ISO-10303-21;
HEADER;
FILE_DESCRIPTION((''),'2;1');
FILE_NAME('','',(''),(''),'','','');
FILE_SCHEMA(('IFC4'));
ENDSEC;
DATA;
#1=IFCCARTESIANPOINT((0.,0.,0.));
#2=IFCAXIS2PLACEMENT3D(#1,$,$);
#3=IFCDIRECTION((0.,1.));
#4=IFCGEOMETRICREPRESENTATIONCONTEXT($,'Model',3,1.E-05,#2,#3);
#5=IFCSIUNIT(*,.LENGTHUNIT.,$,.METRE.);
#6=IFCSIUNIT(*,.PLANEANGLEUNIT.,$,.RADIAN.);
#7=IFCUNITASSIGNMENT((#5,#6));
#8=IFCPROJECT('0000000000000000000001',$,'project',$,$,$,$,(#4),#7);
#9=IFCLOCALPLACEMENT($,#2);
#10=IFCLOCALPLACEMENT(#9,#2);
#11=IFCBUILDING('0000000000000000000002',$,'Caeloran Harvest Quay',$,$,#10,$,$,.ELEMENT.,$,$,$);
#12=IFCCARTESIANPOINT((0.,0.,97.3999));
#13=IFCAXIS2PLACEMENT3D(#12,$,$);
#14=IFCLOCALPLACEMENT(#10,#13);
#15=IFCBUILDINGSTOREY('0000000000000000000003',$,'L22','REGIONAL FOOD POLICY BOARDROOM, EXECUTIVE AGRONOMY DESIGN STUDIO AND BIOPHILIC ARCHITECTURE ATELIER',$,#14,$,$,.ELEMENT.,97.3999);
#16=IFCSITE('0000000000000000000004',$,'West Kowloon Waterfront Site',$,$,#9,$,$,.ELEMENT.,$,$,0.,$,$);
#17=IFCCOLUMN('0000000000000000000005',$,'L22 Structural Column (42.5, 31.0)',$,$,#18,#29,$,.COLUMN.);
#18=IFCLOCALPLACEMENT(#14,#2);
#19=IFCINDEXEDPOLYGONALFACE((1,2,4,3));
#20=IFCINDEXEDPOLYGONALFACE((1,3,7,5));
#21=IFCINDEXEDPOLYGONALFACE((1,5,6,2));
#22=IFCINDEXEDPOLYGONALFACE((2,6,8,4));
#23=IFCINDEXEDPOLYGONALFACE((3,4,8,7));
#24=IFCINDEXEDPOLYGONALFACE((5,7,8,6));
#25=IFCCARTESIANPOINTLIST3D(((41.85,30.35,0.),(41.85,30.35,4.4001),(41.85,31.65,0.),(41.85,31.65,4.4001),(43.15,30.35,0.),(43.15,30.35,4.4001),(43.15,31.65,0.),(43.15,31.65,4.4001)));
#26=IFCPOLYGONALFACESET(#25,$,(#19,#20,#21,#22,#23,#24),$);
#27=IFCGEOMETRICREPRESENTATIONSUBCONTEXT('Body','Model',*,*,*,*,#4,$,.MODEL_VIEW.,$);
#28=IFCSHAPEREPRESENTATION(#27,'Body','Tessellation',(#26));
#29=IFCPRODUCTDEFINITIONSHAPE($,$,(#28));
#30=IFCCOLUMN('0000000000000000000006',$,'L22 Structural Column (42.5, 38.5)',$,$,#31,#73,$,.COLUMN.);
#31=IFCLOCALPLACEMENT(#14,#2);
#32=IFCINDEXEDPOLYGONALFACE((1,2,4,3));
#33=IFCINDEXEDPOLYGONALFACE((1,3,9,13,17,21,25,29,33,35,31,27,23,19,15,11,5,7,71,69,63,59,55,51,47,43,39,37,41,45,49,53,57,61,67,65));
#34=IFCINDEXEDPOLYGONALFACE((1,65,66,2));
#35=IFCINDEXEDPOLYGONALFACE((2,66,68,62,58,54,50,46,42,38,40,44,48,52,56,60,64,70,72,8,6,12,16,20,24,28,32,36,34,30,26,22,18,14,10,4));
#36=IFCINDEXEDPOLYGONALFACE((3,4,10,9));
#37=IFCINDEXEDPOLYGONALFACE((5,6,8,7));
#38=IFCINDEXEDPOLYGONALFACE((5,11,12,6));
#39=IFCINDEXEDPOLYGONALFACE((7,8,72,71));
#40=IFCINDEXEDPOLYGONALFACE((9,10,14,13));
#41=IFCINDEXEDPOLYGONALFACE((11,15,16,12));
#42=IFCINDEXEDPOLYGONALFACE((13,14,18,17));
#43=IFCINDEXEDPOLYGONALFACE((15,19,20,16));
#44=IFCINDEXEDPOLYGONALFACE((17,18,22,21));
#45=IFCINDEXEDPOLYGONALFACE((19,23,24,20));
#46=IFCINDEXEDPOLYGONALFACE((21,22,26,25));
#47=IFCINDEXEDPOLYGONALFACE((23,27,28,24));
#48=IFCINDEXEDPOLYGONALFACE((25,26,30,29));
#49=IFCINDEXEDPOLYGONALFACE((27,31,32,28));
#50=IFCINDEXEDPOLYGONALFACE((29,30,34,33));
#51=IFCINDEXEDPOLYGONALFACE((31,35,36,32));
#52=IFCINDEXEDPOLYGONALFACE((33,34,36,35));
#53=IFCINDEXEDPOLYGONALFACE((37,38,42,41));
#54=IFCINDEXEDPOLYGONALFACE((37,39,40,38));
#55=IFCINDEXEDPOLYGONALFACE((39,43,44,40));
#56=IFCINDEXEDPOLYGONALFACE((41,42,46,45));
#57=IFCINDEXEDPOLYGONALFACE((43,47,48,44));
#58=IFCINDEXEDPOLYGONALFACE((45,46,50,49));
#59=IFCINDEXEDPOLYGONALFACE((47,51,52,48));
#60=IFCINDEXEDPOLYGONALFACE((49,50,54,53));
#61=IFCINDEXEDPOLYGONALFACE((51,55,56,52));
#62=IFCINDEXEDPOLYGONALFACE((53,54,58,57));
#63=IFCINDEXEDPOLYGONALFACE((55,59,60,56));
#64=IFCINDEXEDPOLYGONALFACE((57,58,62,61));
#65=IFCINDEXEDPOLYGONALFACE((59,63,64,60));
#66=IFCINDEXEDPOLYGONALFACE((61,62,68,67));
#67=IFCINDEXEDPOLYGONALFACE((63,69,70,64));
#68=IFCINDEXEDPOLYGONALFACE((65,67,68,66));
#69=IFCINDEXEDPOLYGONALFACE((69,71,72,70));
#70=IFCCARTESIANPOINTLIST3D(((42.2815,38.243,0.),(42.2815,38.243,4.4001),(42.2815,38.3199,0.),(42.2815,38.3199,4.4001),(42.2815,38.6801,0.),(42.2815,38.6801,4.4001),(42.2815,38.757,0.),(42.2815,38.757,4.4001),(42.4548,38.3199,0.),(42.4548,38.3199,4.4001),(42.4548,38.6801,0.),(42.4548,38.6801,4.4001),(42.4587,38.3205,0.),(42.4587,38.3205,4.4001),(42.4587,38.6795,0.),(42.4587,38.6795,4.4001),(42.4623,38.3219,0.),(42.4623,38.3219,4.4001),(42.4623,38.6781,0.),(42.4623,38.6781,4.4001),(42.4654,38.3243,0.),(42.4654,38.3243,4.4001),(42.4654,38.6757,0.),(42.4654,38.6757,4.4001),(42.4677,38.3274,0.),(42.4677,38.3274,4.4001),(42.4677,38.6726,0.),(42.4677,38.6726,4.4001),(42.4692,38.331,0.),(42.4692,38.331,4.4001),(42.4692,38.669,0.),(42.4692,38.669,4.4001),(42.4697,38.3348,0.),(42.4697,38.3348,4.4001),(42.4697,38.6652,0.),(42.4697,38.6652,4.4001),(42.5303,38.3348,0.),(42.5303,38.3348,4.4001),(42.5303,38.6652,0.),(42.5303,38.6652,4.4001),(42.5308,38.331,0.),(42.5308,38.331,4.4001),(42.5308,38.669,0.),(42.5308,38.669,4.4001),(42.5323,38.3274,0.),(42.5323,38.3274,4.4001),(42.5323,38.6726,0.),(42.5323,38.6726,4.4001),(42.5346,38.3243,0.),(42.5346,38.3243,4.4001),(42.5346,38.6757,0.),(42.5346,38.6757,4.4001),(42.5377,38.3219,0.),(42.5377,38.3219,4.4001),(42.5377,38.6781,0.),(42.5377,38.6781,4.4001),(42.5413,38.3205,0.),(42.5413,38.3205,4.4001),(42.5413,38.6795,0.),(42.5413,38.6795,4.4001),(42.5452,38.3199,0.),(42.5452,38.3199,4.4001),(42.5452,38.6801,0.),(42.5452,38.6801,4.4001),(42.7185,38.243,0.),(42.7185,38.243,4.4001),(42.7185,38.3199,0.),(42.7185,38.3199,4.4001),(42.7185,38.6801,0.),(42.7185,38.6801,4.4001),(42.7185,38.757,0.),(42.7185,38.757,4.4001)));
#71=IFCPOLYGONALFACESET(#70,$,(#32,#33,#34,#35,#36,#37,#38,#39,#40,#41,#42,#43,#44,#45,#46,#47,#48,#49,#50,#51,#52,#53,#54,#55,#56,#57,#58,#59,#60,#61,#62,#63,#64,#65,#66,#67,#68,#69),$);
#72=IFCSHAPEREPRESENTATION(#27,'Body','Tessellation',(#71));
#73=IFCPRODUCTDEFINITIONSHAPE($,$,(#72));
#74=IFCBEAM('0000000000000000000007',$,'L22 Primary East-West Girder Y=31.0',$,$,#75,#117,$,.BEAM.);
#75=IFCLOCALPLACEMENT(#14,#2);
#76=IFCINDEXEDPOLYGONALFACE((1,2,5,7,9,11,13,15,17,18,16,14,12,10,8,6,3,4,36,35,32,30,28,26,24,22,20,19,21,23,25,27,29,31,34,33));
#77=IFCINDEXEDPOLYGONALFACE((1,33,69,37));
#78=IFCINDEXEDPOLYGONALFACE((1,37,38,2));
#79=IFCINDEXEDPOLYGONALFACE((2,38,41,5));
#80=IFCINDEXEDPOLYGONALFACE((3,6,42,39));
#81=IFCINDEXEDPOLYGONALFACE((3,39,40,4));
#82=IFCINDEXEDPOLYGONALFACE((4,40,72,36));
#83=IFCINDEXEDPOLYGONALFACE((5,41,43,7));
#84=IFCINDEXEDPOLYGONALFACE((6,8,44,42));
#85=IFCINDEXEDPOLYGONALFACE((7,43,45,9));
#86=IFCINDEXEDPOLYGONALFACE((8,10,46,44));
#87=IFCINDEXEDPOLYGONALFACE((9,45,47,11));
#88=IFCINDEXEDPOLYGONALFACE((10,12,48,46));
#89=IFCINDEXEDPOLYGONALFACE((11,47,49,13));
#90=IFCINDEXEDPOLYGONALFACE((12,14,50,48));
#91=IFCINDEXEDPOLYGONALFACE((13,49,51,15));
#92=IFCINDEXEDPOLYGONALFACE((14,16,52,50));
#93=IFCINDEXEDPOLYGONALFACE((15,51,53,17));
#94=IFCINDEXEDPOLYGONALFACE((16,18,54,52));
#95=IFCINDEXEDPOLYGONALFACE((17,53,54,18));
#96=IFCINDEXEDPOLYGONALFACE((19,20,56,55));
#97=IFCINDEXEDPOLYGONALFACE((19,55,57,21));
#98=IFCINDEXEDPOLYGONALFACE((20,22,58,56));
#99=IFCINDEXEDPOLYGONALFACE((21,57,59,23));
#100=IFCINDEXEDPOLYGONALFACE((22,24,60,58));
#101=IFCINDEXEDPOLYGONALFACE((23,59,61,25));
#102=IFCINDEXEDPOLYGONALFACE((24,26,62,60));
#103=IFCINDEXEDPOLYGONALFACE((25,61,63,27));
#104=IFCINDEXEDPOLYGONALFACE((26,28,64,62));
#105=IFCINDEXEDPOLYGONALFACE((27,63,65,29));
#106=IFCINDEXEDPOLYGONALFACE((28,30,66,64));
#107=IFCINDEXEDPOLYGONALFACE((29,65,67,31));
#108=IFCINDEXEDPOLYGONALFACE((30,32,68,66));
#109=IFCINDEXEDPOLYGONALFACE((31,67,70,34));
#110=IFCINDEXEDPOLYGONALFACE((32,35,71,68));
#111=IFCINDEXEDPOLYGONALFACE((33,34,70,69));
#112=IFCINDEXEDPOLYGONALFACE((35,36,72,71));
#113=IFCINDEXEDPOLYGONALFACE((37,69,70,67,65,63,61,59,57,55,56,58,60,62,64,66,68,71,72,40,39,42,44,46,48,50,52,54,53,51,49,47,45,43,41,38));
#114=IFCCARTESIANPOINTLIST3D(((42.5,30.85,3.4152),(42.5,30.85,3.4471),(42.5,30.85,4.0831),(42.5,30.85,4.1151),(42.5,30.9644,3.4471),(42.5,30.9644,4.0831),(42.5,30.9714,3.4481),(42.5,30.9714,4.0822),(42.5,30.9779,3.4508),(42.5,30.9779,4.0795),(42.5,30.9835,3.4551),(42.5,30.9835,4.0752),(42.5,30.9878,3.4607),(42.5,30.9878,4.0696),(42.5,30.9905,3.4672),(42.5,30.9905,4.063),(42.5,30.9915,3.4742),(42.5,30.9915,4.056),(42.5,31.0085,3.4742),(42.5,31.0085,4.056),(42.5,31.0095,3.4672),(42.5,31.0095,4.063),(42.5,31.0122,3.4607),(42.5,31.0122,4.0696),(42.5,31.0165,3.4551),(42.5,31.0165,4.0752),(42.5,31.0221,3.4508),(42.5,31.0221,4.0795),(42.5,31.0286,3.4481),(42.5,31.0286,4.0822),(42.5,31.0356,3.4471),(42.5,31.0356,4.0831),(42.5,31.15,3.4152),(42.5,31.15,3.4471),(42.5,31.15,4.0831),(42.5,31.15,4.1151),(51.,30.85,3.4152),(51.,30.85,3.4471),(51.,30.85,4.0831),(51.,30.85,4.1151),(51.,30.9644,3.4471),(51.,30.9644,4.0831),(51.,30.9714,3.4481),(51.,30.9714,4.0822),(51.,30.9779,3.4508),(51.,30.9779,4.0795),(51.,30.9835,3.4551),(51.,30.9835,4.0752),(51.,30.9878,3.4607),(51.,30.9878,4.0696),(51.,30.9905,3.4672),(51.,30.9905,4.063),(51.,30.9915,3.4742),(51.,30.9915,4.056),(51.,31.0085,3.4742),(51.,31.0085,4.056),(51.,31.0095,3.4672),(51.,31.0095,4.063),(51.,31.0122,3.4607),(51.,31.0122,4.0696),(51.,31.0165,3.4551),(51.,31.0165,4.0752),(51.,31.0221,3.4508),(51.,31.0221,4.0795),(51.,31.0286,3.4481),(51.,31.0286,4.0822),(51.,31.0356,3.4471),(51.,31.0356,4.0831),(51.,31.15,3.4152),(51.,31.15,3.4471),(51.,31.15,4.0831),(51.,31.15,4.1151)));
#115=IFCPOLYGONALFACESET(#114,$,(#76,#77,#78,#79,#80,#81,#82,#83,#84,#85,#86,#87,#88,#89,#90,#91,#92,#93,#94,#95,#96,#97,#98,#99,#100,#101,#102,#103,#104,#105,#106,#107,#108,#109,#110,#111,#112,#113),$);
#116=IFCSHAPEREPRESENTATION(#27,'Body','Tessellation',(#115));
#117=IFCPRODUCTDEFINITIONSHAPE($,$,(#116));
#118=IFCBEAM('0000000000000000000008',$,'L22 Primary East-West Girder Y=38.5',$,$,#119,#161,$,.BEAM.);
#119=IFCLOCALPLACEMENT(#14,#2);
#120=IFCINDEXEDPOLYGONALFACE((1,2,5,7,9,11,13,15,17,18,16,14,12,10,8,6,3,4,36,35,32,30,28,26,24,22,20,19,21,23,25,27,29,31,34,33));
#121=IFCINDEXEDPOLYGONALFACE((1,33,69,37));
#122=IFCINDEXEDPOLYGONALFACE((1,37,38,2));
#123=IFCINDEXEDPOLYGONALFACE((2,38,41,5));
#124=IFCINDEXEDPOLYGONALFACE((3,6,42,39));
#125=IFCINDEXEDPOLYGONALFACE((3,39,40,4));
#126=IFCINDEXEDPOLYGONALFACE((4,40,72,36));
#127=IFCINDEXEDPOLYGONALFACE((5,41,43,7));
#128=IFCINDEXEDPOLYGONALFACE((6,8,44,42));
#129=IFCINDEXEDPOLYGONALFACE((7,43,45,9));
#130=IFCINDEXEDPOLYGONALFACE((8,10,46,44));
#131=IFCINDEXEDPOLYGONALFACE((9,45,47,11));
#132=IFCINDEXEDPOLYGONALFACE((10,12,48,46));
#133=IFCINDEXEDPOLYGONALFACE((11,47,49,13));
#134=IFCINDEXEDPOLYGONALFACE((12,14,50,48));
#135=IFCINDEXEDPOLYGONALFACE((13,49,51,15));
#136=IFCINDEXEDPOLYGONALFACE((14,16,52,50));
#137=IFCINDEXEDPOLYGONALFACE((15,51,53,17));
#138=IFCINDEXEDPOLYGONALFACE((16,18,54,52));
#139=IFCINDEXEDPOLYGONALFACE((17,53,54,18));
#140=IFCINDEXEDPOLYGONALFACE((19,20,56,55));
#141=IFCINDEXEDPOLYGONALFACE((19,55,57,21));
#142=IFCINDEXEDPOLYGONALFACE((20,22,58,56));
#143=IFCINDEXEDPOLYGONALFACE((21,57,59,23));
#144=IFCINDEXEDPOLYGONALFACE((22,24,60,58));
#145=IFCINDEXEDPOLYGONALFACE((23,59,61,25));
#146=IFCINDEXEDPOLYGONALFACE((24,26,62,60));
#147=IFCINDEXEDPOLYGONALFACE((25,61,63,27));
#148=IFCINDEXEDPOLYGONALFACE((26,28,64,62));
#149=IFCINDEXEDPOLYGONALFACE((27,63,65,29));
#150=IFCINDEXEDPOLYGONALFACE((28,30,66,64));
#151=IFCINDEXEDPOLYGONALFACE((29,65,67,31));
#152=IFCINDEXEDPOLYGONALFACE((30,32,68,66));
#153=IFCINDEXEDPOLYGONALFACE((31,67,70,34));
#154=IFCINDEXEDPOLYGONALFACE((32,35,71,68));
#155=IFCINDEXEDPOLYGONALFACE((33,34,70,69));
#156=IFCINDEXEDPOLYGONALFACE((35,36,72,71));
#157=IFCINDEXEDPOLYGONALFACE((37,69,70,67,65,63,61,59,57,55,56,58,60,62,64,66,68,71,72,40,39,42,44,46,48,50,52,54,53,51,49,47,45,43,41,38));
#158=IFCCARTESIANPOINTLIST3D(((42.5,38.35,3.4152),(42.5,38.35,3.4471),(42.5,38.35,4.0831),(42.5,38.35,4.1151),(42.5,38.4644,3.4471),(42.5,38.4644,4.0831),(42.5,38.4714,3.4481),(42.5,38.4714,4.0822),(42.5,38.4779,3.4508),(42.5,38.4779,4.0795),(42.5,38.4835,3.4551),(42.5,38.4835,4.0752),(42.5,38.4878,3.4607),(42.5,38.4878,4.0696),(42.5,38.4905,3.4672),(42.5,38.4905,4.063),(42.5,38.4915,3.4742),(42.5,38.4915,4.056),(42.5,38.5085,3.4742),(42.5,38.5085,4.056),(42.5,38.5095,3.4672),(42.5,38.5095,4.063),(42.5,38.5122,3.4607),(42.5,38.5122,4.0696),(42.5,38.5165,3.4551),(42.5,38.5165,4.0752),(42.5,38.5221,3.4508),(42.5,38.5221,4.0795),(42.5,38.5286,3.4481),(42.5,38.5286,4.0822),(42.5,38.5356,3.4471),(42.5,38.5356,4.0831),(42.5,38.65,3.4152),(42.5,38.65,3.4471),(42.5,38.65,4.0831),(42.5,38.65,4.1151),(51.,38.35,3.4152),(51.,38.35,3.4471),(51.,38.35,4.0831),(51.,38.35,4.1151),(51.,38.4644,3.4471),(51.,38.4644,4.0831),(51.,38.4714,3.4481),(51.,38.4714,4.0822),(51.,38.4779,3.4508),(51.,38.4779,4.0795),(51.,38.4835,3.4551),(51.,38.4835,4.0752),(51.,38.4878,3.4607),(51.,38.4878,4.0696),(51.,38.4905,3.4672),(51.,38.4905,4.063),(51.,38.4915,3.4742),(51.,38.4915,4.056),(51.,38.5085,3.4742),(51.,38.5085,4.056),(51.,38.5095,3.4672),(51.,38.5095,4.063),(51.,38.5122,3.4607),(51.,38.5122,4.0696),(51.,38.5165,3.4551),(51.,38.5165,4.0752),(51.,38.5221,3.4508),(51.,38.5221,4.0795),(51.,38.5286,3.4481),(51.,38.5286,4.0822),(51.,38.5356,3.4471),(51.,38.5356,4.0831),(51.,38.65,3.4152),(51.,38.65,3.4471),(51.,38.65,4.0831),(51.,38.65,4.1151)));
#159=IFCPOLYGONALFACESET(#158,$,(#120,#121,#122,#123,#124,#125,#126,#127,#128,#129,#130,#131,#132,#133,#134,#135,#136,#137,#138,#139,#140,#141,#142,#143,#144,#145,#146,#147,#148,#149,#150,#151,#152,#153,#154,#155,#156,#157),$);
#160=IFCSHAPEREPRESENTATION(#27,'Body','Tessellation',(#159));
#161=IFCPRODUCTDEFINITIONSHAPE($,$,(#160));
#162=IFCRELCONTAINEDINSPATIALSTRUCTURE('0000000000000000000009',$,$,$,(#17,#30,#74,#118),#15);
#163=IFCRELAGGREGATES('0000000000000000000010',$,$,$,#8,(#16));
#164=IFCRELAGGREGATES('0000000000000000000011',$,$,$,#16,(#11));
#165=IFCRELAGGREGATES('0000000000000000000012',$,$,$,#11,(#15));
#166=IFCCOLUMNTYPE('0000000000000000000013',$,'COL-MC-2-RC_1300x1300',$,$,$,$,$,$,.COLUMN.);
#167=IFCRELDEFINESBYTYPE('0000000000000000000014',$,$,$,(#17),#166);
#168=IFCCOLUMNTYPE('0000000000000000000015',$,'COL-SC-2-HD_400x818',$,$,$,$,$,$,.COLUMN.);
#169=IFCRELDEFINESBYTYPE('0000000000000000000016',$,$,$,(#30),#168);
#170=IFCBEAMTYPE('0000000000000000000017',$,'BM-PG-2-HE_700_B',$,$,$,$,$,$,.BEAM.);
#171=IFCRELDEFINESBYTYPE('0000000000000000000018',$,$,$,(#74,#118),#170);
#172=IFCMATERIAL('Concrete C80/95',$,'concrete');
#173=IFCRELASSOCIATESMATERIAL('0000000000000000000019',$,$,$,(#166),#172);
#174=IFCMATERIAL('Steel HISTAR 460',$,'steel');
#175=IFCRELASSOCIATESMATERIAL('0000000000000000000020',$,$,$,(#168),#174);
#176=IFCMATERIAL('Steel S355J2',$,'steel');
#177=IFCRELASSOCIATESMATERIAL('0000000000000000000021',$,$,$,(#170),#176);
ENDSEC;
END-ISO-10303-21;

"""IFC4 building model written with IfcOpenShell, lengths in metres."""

from ifc_helpers import new_model, si_unit, direction, frame, origin, origin_2d, place, context, subcontext, project, spatial, rectangle, i_section, extrude, material, material_profile, profile_set, type_object, element, save


model = new_model("IFC4")

# Units and contexts
model_context = context("Model", 3, precision=1e-05, world=origin(), true_north=direction((0.0, 1.0)))
body_context = subcontext(model_context, "Body", "Model", "MODEL_VIEW")
ifc_project = project(units=[si_unit("LENGTHUNIT", "METRE"), si_unit("PLANEANGLEUNIT", "RADIAN")], contexts=[model_context])

# Site, building, storey
site_placement = place(None, origin())
site = spatial("IfcSite", under=ifc_project, at=site_placement, Name="West Kowloon Waterfront Site", CompositionType="ELEMENT", RefElevation=0.0)
building_placement = place(site_placement, origin())
building = spatial("IfcBuilding", under=site, at=building_placement, Name="Caeloran Harvest Quay", CompositionType="ELEMENT")
storey_placement = place(building_placement, frame((0.0, 0.0, 97.3999)))
storey = spatial("IfcBuildingStorey", under=building, at=storey_placement, Name="L22", Description="REGIONAL FOOD POLICY BOARDROOM, EXECUTIVE AGRONOMY DESIGN STUDIO AND BIOPHILIC ARCHITECTURE ATELIER", CompositionType="ELEMENT", Elevation=97.3999)

# Columns
ifc_material_1 = material(Name="Concrete C80/95", Category="concrete")
ifc_material_profile_1 = material_profile(ifc_material_1, rectangle(XDim=1.3, YDim=1.3, at=origin_2d()), Name="RC 1300x1300")
ifc_profile_set_1 = profile_set([ifc_material_profile_1], Name="Concrete C80/95")
column_type_1 = type_object("IfcColumnType", Name="COL-MC-2-RC_1300x1300", PredefinedType="COLUMN", material=ifc_profile_set_1)
column_1_placement = place(storey_placement, frame((42.5, 31.0, 0.0), z_axis=(0.0, 0.0, 1.0), x_axis=(1.0, 0.0, 0.0)))
element("IfcColumn", 1, at=column_1_placement, inside=storey, type_object=column_type_1, Name="L22 Structural Column (42.5, 31.0)", PredefinedType="COLUMN", context=body_context, shape_type="SweptSolid", body=[
    extrude(rectangle(XDim=1.3, YDim=1.3, at=origin_2d()), origin(), (0.0, 0.0, 1.0), 4.4001),
])
ifc_material_2 = material(Name="Steel HISTAR 460", Category="steel")
ifc_material_profile_2 = material_profile(ifc_material_2, i_section(OverallWidth=0.437, OverallDepth=0.5139, WebThickness=0.0605, FlangeThickness=0.0769, FilletRadius=0.0149, at=origin_2d()), Name="HD 400x818")
ifc_profile_set_2 = profile_set([ifc_material_profile_2], Name="Steel HISTAR 460")
column_type_2 = type_object("IfcColumnType", Name="COL-SC-2-HD_400x818", PredefinedType="COLUMN", material=ifc_profile_set_2)
column_2_placement = place(storey_placement, frame((42.5, 38.5, 0.0), z_axis=(0.0, 0.0, 1.0), x_axis=(1.0, 0.0, 0.0)))
element("IfcColumn", 2, at=column_2_placement, inside=storey, type_object=column_type_2, Name="L22 Structural Column (42.5, 38.5)", PredefinedType="COLUMN", context=body_context, shape_type="SweptSolid", body=[
    extrude(i_section(OverallWidth=0.437, OverallDepth=0.5139, WebThickness=0.0605, FlangeThickness=0.0769, FilletRadius=0.0149, at=origin_2d()), origin(), (0.0, 0.0, 1.0), 4.4001),
])

# Beams
ifc_material_3 = material(Name="Steel S355J2", Category="steel")
ifc_material_profile_3 = material_profile(ifc_material_3, i_section(OverallWidth=0.3, OverallDepth=0.7, WebThickness=0.0171, FlangeThickness=0.032, FilletRadius=0.0271, at=origin_2d()), Name="HE 700 B")
ifc_profile_set_3 = profile_set([ifc_material_profile_3], Name="Steel S355J2")
beam_type_1 = type_object("IfcBeamType", Name="BM-PG-2-HE_700_B", PredefinedType="BEAM", material=ifc_profile_set_3)
for number, where, z_axis, x_axis, name in (
    (3, (42.5, 31.0, 3.7651), (1.0, 0.0, 0.0), (0.0, 1.0, 0.0), "L22 Primary East-West Girder Y=31.0"),
    (4, (42.5, 38.5, 3.7651), (1.0, 0.0, 0.0), (0.0, 1.0, 0.0), "L22 Primary East-West Girder Y=38.5"),
):
    element("IfcBeam", number, at=place(storey_placement, frame(where, z_axis=z_axis, x_axis=x_axis)), inside=storey, type_object=beam_type_1, Name=name, PredefinedType="BEAM", context=body_context, shape_type="SweptSolid", body=[
        extrude(i_section(OverallWidth=0.3, OverallDepth=0.7, WebThickness=0.0171, FlangeThickness=0.032, FilletRadius=0.0271, at=origin_2d()), origin(), (0.0, 0.0, 1.0), 8.5),
    ])

save(model, "model.ifc")
